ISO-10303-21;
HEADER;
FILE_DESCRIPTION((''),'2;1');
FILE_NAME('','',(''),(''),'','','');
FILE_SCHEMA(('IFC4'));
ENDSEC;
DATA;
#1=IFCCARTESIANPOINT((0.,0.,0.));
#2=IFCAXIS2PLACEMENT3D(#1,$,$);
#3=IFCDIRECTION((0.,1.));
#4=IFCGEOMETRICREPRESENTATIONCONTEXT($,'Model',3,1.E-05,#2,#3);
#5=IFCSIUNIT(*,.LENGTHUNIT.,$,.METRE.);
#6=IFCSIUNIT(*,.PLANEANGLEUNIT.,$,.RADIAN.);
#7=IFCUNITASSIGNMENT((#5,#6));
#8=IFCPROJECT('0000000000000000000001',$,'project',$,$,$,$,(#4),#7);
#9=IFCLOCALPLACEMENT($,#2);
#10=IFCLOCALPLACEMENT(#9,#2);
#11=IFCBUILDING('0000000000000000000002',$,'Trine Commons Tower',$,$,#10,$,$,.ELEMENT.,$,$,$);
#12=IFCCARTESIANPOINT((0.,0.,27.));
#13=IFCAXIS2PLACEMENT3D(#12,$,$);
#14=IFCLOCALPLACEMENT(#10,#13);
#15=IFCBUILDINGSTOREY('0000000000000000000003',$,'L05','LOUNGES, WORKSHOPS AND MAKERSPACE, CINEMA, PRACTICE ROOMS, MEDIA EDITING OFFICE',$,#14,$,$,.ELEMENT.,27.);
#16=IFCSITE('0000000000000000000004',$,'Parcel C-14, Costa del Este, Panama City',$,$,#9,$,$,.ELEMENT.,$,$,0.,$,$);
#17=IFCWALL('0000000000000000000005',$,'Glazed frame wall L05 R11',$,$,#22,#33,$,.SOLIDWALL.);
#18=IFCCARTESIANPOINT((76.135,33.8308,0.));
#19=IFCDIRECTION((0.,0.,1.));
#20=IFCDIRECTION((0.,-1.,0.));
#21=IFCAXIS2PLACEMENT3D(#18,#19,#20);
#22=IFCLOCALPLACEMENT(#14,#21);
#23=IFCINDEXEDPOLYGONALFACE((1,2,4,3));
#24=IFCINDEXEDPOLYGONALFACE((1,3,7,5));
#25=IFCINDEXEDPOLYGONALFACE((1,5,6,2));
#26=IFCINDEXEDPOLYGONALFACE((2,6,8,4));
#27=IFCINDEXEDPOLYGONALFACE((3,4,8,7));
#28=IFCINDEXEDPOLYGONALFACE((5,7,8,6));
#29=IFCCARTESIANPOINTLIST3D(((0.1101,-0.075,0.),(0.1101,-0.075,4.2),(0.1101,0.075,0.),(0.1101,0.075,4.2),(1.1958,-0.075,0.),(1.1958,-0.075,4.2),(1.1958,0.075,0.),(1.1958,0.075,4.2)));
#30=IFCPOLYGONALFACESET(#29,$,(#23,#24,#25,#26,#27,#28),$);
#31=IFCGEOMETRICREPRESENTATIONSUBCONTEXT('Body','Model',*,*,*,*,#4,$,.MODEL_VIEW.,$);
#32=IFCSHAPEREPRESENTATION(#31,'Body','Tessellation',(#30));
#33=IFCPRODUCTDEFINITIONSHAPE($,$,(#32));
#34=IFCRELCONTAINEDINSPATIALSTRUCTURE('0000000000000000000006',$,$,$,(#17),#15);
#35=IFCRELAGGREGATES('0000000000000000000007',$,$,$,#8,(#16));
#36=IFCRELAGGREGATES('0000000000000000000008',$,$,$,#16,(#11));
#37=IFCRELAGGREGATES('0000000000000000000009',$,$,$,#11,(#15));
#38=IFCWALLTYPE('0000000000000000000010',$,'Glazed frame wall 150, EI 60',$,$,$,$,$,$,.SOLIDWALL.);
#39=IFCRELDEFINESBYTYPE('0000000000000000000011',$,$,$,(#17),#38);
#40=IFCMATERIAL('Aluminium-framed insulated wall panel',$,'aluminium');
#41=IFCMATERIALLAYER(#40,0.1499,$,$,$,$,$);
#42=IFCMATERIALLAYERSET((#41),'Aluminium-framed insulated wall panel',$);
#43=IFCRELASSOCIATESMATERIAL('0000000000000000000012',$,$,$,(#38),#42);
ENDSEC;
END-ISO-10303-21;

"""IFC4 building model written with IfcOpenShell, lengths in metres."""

from ifc_helpers import new_model, si_unit, direction, frame, origin, place, context, subcontext, project, spatial, polyline, outline, extrude, material, layer, layer_set, type_object, element, save


model = new_model("IFC4")

# Units and contexts
model_context = context("Model", 3, precision=1e-05, world=origin(), true_north=direction((0.0, 1.0)))
body_context = subcontext(model_context, "Body", "Model", "MODEL_VIEW")
ifc_project = project(units=[si_unit("LENGTHUNIT", "METRE"), si_unit("PLANEANGLEUNIT", "RADIAN")], contexts=[model_context])

# Site, building, storey
site_placement = place(None, origin())
site = spatial("IfcSite", under=ifc_project, at=site_placement, Name="Parcel C-14, Costa del Este, Panama City", CompositionType="ELEMENT", RefElevation=0.0)
building_placement = place(site_placement, origin())
building = spatial("IfcBuilding", under=site, at=building_placement, Name="Trine Commons Tower", CompositionType="ELEMENT")
storey_placement = place(building_placement, frame((0.0, 0.0, 27.0)))
storey = spatial("IfcBuildingStorey", under=building, at=storey_placement, Name="L05", Description="LOUNGES, WORKSHOPS AND MAKERSPACE, CINEMA, PRACTICE ROOMS, MEDIA EDITING OFFICE", CompositionType="ELEMENT", Elevation=27.0)

# Wall
ifc_material_1 = material(Name="Aluminium-framed insulated wall panel", Category="aluminium")
ifc_layer_1 = layer(ifc_material_1, 0.1499)
ifc_layer_set_1 = layer_set([ifc_layer_1], Name="Aluminium-framed insulated wall panel")
wall_type_1 = type_object("IfcWallType", Name="Glazed frame wall 150, EI 60", PredefinedType="SOLIDWALL", material=ifc_layer_set_1)
wall_1_placement = place(storey_placement, frame((76.135, 33.8308, 0.0), z_axis=(0.0, 0.0, 1.0), x_axis=(0.0, -1.0, 0.0)))
element("IfcWall", 1, at=wall_1_placement, inside=storey, type_object=wall_type_1, Name="Glazed frame wall L05 R11", PredefinedType="SOLIDWALL", context=body_context, shape_type="SweptSolid", body=[
    extrude(outline(polyline([(0.1101, 0.075), (0.1101, -0.075), (1.1958, -0.075), (1.1958, 0.075), (0.1101, 0.075)])), origin(), (0.0, 0.0, 1.0), 4.2),
])

save(model, "model.ifc")
